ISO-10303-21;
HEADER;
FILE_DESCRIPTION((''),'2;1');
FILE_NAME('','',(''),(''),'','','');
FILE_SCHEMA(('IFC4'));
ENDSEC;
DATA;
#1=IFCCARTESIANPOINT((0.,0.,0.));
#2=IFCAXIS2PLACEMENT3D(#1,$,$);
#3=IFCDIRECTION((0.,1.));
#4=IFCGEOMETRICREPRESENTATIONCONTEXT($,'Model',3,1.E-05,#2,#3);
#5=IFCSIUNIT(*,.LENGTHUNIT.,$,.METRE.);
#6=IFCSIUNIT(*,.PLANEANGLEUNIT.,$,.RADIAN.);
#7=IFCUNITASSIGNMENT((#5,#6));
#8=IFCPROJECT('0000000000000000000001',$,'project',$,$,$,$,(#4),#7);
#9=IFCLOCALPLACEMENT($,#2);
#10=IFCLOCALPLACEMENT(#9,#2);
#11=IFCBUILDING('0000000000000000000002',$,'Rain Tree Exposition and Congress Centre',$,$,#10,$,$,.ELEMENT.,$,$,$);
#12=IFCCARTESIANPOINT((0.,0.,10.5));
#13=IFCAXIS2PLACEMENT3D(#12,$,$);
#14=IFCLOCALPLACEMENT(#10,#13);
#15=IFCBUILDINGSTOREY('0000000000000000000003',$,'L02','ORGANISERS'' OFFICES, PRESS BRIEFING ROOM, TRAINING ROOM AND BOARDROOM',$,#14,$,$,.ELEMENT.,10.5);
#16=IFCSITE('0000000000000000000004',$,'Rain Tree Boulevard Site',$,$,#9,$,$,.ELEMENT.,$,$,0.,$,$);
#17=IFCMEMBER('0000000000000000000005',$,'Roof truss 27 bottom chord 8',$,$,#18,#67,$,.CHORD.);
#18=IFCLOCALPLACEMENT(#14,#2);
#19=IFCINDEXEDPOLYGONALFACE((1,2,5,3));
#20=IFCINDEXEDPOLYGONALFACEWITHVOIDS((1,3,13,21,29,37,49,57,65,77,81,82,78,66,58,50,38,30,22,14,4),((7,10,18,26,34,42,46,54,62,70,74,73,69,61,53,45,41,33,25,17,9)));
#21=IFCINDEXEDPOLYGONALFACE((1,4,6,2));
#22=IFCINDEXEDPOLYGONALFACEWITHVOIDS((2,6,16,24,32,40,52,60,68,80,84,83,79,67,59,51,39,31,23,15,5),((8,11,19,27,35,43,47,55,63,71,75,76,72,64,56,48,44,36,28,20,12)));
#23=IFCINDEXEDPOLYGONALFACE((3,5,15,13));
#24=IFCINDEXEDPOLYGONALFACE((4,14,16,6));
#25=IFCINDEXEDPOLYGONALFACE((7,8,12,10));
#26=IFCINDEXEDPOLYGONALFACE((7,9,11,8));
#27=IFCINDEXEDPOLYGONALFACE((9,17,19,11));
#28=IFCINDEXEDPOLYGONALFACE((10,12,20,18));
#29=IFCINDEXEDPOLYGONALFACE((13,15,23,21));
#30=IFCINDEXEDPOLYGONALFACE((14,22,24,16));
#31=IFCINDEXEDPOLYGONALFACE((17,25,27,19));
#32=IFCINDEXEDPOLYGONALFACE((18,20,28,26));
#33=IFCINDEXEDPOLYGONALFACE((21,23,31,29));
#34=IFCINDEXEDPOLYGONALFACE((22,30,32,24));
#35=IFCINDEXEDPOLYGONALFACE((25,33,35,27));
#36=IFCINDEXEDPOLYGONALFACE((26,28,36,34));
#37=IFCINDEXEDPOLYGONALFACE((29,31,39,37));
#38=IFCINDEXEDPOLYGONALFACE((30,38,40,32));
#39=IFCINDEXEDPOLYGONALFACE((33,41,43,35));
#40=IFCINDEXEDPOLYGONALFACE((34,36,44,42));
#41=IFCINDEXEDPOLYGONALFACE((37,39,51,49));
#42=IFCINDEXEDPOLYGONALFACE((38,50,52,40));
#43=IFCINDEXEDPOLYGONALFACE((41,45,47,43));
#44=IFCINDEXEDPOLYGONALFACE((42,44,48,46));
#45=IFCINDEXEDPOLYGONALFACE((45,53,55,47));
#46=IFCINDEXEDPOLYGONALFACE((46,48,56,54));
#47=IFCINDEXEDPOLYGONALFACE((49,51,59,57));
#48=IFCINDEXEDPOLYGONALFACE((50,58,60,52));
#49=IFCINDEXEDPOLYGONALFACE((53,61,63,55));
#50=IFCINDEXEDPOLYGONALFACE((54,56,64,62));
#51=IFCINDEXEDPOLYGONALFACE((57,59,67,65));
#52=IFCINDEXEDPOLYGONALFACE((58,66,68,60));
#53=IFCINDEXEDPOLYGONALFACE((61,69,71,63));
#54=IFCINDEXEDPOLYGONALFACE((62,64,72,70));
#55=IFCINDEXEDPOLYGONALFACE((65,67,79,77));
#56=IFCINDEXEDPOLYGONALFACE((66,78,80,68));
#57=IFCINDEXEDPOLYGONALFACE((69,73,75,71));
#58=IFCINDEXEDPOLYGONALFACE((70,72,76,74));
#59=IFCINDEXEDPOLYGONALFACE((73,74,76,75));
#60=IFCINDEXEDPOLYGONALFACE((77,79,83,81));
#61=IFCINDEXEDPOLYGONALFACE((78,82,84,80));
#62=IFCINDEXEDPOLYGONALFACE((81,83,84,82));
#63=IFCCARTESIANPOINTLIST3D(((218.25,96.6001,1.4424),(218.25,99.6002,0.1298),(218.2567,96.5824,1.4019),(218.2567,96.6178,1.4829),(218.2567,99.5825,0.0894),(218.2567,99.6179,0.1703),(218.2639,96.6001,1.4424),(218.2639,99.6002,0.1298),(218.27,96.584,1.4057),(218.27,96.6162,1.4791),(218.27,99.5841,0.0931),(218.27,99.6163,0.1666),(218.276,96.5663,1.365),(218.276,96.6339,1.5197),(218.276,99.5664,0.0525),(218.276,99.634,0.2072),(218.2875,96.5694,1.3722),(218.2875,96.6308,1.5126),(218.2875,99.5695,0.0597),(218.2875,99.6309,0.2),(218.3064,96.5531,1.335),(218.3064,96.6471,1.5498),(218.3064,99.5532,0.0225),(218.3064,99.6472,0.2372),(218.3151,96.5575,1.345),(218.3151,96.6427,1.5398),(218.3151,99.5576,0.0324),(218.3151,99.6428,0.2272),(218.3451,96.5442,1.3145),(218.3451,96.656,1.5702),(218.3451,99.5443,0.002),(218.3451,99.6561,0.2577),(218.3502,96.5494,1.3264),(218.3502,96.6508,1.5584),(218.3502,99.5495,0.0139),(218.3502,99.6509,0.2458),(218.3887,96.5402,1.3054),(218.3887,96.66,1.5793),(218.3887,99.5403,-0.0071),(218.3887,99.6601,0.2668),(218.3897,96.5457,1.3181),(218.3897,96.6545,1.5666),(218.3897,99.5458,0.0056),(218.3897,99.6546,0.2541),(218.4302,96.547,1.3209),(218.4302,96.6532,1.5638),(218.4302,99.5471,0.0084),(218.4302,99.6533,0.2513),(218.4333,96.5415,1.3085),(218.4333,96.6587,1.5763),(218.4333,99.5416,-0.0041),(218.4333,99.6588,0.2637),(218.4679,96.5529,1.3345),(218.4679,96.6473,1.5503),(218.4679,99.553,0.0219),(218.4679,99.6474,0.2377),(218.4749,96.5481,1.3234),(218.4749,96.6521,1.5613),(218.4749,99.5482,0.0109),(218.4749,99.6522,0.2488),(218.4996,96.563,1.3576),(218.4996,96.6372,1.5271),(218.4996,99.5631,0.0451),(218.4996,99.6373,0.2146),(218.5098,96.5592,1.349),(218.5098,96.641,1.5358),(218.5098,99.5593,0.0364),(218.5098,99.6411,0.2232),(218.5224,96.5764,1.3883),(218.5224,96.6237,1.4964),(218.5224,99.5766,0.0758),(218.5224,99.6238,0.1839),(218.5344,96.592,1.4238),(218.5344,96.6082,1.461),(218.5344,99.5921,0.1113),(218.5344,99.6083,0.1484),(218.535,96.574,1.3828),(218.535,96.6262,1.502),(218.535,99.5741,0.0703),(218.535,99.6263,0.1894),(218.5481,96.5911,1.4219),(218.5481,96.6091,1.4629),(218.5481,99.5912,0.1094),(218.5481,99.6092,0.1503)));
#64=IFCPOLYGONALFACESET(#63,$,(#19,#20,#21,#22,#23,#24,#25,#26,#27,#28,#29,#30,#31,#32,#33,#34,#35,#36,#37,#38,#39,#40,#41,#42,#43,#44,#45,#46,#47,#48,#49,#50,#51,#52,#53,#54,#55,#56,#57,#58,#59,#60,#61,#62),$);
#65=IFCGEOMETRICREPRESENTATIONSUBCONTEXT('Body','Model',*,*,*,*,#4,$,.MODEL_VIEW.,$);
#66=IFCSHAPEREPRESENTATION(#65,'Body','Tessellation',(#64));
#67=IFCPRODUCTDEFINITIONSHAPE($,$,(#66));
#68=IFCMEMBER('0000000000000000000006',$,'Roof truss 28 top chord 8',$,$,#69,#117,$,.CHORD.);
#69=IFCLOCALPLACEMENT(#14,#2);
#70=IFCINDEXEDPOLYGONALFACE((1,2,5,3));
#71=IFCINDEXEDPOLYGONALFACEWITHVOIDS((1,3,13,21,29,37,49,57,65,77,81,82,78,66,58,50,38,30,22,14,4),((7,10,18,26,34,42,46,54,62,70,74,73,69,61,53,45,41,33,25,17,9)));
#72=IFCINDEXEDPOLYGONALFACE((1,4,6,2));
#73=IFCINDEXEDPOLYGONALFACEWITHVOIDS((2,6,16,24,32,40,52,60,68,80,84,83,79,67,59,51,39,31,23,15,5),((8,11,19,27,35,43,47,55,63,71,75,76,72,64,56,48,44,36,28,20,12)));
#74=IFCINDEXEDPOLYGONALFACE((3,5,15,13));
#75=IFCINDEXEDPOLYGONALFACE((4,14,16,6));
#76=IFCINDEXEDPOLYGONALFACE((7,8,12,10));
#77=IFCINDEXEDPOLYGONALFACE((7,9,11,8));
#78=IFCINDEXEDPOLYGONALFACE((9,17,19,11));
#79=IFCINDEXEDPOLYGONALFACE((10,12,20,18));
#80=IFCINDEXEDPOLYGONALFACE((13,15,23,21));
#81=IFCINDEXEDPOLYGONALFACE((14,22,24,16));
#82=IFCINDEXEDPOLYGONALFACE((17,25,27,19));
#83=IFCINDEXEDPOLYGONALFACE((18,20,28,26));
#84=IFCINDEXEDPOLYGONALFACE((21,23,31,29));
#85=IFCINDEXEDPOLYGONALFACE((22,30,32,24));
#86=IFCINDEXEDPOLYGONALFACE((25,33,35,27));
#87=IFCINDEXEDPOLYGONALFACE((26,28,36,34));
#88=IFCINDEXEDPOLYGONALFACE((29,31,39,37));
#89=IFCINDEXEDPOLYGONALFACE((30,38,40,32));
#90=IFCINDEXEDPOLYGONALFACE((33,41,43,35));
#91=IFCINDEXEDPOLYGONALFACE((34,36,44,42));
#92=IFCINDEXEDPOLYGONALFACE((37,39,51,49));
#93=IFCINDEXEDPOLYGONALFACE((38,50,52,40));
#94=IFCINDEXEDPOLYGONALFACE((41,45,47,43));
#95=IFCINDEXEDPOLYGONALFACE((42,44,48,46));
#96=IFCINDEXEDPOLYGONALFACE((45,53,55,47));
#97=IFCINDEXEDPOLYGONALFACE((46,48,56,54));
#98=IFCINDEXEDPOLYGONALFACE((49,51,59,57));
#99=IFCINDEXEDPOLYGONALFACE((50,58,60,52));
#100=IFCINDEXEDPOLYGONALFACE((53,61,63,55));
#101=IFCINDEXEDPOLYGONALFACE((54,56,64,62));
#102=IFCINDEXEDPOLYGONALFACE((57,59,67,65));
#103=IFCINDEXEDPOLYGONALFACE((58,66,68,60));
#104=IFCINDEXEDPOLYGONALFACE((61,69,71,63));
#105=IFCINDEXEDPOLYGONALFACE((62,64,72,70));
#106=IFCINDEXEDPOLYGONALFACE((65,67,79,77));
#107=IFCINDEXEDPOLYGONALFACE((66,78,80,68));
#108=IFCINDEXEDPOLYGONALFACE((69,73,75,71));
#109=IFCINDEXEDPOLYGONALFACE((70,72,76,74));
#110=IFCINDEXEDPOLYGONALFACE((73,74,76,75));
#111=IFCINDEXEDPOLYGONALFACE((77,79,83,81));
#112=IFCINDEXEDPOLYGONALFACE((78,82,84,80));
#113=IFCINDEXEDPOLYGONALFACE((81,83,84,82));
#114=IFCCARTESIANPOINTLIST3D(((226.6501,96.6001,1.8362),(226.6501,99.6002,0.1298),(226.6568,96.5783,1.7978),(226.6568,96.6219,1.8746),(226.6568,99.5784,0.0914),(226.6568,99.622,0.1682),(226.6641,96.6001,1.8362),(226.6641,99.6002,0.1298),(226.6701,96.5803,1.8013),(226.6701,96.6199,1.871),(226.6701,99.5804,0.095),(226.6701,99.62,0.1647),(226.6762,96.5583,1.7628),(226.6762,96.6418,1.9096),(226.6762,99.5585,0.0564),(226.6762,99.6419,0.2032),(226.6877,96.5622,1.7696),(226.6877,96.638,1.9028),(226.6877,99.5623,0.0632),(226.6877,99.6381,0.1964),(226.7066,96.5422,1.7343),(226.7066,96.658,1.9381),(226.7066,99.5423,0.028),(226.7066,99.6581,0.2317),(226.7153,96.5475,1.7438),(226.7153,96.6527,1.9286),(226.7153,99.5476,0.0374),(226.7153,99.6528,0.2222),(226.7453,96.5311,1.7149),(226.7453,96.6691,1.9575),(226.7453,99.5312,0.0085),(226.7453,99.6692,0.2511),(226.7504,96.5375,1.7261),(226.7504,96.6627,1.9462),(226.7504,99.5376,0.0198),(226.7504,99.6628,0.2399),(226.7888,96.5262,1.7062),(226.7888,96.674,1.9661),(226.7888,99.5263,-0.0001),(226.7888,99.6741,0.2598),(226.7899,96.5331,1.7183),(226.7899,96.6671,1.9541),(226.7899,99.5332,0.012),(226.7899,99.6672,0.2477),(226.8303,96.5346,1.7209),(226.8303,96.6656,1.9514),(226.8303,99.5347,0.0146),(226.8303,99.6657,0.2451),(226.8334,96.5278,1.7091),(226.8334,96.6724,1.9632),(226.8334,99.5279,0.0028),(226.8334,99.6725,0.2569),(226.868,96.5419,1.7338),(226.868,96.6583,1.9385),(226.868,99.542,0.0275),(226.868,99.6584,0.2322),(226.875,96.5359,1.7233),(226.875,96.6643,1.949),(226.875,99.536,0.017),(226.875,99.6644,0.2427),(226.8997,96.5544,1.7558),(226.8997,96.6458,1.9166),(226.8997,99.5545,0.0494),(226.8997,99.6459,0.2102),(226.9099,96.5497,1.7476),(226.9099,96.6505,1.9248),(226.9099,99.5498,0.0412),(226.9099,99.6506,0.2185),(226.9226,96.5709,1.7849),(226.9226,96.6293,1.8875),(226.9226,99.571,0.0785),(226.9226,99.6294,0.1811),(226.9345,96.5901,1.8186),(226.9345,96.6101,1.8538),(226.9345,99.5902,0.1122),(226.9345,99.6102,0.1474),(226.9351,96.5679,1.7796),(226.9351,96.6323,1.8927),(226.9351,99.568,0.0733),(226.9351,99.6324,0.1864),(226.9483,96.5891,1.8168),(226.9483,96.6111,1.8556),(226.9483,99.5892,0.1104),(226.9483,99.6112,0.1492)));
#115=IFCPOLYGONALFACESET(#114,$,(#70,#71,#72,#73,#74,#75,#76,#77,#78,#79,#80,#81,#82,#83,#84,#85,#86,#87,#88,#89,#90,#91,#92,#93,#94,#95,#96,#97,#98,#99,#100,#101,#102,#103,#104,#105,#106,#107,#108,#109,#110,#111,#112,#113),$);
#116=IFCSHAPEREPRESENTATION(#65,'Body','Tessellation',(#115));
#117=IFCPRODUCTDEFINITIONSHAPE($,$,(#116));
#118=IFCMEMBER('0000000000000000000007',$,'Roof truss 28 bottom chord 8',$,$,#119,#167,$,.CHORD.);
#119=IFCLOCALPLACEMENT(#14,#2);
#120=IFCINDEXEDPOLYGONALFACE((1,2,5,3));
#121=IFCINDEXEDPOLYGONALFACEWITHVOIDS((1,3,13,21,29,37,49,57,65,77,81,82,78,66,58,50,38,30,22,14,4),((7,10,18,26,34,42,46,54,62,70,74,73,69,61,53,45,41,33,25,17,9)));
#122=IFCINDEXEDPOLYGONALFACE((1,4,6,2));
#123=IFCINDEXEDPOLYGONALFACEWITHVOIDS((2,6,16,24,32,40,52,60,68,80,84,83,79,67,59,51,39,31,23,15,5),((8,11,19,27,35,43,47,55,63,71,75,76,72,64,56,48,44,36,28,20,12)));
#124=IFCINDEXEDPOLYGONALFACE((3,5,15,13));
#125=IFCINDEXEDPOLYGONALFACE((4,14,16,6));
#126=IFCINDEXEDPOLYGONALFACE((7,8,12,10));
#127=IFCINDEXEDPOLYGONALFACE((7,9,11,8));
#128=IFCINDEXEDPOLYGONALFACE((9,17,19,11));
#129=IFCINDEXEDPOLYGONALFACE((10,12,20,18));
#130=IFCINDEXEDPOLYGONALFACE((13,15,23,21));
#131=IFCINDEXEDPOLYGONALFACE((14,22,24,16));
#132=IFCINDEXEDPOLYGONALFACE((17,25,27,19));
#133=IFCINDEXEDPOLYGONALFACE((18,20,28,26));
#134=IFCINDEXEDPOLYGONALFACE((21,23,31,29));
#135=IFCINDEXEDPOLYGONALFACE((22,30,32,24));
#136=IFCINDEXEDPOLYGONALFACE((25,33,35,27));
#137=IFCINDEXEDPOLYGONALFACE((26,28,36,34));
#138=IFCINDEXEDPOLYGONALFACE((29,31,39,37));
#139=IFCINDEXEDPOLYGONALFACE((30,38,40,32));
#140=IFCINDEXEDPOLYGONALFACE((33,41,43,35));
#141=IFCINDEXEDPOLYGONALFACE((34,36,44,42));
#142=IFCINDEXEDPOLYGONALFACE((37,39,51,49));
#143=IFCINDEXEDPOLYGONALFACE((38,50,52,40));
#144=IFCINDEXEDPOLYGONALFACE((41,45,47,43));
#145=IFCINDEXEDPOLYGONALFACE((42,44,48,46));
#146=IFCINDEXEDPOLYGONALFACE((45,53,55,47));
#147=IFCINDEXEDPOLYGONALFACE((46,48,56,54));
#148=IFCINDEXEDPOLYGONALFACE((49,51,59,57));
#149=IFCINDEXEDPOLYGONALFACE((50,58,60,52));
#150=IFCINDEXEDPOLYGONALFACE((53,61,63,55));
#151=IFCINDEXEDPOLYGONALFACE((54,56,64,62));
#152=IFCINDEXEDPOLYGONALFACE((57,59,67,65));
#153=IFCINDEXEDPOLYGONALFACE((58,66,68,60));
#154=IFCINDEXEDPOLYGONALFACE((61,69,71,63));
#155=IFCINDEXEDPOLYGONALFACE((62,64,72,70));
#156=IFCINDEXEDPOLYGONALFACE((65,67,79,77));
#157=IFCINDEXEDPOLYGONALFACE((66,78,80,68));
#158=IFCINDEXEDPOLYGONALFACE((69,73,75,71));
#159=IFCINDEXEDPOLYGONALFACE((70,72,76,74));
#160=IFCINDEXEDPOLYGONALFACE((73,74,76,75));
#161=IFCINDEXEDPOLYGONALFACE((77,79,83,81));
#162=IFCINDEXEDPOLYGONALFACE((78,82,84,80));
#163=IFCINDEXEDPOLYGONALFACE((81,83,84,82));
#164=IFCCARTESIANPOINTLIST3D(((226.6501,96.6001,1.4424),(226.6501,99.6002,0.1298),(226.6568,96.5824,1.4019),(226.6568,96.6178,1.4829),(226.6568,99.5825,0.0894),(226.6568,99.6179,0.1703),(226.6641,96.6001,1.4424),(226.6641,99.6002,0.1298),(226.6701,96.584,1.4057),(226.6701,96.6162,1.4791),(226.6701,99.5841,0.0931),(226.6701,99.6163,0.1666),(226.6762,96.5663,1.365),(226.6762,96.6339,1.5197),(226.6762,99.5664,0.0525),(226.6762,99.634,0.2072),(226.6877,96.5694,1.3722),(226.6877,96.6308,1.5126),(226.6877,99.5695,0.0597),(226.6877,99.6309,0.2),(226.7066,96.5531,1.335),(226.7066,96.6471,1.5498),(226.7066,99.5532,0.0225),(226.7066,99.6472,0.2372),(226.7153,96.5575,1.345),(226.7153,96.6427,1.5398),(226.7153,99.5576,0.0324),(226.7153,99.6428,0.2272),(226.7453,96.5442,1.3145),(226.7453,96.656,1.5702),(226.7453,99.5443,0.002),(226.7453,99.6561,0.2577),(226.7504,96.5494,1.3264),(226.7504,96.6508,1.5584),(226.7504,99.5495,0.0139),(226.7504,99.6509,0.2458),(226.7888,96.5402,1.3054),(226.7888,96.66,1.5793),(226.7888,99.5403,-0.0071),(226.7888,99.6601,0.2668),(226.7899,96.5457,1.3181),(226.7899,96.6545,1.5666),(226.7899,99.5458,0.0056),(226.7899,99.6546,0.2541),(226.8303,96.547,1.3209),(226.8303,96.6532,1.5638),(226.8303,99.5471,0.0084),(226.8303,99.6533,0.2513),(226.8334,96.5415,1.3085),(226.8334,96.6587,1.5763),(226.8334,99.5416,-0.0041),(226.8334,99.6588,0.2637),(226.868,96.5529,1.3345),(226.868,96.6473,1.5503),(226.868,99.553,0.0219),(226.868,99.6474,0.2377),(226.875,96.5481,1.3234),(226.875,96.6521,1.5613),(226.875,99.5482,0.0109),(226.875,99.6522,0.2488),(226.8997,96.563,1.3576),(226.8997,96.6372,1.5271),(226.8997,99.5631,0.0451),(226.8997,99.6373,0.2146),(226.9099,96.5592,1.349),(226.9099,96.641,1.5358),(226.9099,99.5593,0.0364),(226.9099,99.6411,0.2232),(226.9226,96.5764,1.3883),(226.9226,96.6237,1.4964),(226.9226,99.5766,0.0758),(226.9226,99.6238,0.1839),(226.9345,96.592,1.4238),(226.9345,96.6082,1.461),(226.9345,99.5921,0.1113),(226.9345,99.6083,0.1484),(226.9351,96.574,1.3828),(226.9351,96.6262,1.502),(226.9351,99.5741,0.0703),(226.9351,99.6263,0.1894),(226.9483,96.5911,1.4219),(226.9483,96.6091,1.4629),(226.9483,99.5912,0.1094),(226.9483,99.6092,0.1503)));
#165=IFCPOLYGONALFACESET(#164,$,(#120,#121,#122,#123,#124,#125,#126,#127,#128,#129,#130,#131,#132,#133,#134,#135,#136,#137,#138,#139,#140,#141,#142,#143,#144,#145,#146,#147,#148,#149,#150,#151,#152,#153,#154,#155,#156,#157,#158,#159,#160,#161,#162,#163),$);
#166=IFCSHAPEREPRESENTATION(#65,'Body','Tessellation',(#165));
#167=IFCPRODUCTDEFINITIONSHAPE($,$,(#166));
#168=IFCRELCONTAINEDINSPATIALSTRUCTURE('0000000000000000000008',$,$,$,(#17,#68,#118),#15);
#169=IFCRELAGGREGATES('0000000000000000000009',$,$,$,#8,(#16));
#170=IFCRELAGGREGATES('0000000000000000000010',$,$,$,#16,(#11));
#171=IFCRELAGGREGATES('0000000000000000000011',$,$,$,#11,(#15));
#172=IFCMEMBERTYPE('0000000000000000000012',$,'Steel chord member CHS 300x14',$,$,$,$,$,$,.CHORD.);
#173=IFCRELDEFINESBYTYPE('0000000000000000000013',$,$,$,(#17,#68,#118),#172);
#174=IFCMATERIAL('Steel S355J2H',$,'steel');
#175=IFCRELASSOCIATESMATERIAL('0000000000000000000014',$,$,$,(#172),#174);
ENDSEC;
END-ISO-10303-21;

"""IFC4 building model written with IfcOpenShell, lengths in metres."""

from ifc_helpers import new_model, si_unit, direction, frame, origin, origin_2d, place, context, subcontext, project, spatial, hollow_circle, extrude, material, material_profile, profile_set, type_object, element, save


model = new_model("IFC4")

# Units and contexts
model_context = context("Model", 3, precision=1e-05, world=origin(), true_north=direction((0.0, 1.0)))
body_context = subcontext(model_context, "Body", "Model", "MODEL_VIEW")
ifc_project = project(units=[si_unit("LENGTHUNIT", "METRE"), si_unit("PLANEANGLEUNIT", "RADIAN")], contexts=[model_context])

# Site, building, storey
site_placement = place(None, origin())
site = spatial("IfcSite", under=ifc_project, at=site_placement, Name="Rain Tree Boulevard Site", CompositionType="ELEMENT", RefElevation=0.0)
building_placement = place(site_placement, origin())
building = spatial("IfcBuilding", under=site, at=building_placement, Name="Rain Tree Exposition and Congress Centre", CompositionType="ELEMENT")
storey_placement = place(building_placement, frame((0.0, 0.0, 10.5)))
storey = spatial("IfcBuildingStorey", under=building, at=storey_placement, Name="L02", Description="ORGANISERS' OFFICES, PRESS BRIEFING ROOM, TRAINING ROOM AND BOARDROOM", CompositionType="ELEMENT", Elevation=10.5)

# Members
ifc_material_1 = material(Name="Steel S355J2H", Category="steel")
ifc_material_profile_1 = material_profile(ifc_material_1, hollow_circle(Radius=0.1499, WallThickness=0.0139, at=origin_2d()), Name="CHS 300x14")
ifc_profile_set_1 = profile_set([ifc_material_profile_1], Name="Steel S355J2H")
member_type_1 = type_object("IfcMemberType", Name="Steel chord member CHS 300x14", PredefinedType="CHORD", material=ifc_profile_set_1)
member_1_placement = place(storey_placement, frame((218.3999, 96.6001, 1.4424), z_axis=(0.0, 0.916157, -0.400819), x_axis=(-1.0, 0.0, 0.0)))
element("IfcMember", 1, at=member_1_placement, inside=storey, type_object=member_type_1, Name="Roof truss 27 bottom chord 8", PredefinedType="CHORD", context=body_context, shape_type="SweptSolid", body=[
    extrude(hollow_circle(Radius=0.1499, WallThickness=0.0139, at=origin_2d()), origin(), (0.0, 0.0, 1.0), 3.2747),
])
member_2_placement = place(storey_placement, frame((226.8, 96.6001, 1.8362), z_axis=(0.0, 0.869238, -0.494393), x_axis=(-1.0, 0.0, 0.0)))
element("IfcMember", 2, at=member_2_placement, inside=storey, type_object=member_type_1, Name="Roof truss 28 top chord 8", PredefinedType="CHORD", context=body_context, shape_type="SweptSolid", body=[
    extrude(hollow_circle(Radius=0.1499, WallThickness=0.0139, at=origin_2d()), origin(), (0.0, 0.0, 1.0), 3.4514),
])
member_3_placement = place(storey_placement, frame((226.8, 96.6001, 1.4424), z_axis=(0.0, 0.916157, -0.400819), x_axis=(-1.0, 0.0, 0.0)))
element("IfcMember", 3, at=member_3_placement, inside=storey, type_object=member_type_1, Name="Roof truss 28 bottom chord 8", PredefinedType="CHORD", context=body_context, shape_type="SweptSolid", body=[
    extrude(hollow_circle(Radius=0.1499, WallThickness=0.0139, at=origin_2d()), origin(), (0.0, 0.0, 1.0), 3.2747),
])

save(model, "model.ifc")
